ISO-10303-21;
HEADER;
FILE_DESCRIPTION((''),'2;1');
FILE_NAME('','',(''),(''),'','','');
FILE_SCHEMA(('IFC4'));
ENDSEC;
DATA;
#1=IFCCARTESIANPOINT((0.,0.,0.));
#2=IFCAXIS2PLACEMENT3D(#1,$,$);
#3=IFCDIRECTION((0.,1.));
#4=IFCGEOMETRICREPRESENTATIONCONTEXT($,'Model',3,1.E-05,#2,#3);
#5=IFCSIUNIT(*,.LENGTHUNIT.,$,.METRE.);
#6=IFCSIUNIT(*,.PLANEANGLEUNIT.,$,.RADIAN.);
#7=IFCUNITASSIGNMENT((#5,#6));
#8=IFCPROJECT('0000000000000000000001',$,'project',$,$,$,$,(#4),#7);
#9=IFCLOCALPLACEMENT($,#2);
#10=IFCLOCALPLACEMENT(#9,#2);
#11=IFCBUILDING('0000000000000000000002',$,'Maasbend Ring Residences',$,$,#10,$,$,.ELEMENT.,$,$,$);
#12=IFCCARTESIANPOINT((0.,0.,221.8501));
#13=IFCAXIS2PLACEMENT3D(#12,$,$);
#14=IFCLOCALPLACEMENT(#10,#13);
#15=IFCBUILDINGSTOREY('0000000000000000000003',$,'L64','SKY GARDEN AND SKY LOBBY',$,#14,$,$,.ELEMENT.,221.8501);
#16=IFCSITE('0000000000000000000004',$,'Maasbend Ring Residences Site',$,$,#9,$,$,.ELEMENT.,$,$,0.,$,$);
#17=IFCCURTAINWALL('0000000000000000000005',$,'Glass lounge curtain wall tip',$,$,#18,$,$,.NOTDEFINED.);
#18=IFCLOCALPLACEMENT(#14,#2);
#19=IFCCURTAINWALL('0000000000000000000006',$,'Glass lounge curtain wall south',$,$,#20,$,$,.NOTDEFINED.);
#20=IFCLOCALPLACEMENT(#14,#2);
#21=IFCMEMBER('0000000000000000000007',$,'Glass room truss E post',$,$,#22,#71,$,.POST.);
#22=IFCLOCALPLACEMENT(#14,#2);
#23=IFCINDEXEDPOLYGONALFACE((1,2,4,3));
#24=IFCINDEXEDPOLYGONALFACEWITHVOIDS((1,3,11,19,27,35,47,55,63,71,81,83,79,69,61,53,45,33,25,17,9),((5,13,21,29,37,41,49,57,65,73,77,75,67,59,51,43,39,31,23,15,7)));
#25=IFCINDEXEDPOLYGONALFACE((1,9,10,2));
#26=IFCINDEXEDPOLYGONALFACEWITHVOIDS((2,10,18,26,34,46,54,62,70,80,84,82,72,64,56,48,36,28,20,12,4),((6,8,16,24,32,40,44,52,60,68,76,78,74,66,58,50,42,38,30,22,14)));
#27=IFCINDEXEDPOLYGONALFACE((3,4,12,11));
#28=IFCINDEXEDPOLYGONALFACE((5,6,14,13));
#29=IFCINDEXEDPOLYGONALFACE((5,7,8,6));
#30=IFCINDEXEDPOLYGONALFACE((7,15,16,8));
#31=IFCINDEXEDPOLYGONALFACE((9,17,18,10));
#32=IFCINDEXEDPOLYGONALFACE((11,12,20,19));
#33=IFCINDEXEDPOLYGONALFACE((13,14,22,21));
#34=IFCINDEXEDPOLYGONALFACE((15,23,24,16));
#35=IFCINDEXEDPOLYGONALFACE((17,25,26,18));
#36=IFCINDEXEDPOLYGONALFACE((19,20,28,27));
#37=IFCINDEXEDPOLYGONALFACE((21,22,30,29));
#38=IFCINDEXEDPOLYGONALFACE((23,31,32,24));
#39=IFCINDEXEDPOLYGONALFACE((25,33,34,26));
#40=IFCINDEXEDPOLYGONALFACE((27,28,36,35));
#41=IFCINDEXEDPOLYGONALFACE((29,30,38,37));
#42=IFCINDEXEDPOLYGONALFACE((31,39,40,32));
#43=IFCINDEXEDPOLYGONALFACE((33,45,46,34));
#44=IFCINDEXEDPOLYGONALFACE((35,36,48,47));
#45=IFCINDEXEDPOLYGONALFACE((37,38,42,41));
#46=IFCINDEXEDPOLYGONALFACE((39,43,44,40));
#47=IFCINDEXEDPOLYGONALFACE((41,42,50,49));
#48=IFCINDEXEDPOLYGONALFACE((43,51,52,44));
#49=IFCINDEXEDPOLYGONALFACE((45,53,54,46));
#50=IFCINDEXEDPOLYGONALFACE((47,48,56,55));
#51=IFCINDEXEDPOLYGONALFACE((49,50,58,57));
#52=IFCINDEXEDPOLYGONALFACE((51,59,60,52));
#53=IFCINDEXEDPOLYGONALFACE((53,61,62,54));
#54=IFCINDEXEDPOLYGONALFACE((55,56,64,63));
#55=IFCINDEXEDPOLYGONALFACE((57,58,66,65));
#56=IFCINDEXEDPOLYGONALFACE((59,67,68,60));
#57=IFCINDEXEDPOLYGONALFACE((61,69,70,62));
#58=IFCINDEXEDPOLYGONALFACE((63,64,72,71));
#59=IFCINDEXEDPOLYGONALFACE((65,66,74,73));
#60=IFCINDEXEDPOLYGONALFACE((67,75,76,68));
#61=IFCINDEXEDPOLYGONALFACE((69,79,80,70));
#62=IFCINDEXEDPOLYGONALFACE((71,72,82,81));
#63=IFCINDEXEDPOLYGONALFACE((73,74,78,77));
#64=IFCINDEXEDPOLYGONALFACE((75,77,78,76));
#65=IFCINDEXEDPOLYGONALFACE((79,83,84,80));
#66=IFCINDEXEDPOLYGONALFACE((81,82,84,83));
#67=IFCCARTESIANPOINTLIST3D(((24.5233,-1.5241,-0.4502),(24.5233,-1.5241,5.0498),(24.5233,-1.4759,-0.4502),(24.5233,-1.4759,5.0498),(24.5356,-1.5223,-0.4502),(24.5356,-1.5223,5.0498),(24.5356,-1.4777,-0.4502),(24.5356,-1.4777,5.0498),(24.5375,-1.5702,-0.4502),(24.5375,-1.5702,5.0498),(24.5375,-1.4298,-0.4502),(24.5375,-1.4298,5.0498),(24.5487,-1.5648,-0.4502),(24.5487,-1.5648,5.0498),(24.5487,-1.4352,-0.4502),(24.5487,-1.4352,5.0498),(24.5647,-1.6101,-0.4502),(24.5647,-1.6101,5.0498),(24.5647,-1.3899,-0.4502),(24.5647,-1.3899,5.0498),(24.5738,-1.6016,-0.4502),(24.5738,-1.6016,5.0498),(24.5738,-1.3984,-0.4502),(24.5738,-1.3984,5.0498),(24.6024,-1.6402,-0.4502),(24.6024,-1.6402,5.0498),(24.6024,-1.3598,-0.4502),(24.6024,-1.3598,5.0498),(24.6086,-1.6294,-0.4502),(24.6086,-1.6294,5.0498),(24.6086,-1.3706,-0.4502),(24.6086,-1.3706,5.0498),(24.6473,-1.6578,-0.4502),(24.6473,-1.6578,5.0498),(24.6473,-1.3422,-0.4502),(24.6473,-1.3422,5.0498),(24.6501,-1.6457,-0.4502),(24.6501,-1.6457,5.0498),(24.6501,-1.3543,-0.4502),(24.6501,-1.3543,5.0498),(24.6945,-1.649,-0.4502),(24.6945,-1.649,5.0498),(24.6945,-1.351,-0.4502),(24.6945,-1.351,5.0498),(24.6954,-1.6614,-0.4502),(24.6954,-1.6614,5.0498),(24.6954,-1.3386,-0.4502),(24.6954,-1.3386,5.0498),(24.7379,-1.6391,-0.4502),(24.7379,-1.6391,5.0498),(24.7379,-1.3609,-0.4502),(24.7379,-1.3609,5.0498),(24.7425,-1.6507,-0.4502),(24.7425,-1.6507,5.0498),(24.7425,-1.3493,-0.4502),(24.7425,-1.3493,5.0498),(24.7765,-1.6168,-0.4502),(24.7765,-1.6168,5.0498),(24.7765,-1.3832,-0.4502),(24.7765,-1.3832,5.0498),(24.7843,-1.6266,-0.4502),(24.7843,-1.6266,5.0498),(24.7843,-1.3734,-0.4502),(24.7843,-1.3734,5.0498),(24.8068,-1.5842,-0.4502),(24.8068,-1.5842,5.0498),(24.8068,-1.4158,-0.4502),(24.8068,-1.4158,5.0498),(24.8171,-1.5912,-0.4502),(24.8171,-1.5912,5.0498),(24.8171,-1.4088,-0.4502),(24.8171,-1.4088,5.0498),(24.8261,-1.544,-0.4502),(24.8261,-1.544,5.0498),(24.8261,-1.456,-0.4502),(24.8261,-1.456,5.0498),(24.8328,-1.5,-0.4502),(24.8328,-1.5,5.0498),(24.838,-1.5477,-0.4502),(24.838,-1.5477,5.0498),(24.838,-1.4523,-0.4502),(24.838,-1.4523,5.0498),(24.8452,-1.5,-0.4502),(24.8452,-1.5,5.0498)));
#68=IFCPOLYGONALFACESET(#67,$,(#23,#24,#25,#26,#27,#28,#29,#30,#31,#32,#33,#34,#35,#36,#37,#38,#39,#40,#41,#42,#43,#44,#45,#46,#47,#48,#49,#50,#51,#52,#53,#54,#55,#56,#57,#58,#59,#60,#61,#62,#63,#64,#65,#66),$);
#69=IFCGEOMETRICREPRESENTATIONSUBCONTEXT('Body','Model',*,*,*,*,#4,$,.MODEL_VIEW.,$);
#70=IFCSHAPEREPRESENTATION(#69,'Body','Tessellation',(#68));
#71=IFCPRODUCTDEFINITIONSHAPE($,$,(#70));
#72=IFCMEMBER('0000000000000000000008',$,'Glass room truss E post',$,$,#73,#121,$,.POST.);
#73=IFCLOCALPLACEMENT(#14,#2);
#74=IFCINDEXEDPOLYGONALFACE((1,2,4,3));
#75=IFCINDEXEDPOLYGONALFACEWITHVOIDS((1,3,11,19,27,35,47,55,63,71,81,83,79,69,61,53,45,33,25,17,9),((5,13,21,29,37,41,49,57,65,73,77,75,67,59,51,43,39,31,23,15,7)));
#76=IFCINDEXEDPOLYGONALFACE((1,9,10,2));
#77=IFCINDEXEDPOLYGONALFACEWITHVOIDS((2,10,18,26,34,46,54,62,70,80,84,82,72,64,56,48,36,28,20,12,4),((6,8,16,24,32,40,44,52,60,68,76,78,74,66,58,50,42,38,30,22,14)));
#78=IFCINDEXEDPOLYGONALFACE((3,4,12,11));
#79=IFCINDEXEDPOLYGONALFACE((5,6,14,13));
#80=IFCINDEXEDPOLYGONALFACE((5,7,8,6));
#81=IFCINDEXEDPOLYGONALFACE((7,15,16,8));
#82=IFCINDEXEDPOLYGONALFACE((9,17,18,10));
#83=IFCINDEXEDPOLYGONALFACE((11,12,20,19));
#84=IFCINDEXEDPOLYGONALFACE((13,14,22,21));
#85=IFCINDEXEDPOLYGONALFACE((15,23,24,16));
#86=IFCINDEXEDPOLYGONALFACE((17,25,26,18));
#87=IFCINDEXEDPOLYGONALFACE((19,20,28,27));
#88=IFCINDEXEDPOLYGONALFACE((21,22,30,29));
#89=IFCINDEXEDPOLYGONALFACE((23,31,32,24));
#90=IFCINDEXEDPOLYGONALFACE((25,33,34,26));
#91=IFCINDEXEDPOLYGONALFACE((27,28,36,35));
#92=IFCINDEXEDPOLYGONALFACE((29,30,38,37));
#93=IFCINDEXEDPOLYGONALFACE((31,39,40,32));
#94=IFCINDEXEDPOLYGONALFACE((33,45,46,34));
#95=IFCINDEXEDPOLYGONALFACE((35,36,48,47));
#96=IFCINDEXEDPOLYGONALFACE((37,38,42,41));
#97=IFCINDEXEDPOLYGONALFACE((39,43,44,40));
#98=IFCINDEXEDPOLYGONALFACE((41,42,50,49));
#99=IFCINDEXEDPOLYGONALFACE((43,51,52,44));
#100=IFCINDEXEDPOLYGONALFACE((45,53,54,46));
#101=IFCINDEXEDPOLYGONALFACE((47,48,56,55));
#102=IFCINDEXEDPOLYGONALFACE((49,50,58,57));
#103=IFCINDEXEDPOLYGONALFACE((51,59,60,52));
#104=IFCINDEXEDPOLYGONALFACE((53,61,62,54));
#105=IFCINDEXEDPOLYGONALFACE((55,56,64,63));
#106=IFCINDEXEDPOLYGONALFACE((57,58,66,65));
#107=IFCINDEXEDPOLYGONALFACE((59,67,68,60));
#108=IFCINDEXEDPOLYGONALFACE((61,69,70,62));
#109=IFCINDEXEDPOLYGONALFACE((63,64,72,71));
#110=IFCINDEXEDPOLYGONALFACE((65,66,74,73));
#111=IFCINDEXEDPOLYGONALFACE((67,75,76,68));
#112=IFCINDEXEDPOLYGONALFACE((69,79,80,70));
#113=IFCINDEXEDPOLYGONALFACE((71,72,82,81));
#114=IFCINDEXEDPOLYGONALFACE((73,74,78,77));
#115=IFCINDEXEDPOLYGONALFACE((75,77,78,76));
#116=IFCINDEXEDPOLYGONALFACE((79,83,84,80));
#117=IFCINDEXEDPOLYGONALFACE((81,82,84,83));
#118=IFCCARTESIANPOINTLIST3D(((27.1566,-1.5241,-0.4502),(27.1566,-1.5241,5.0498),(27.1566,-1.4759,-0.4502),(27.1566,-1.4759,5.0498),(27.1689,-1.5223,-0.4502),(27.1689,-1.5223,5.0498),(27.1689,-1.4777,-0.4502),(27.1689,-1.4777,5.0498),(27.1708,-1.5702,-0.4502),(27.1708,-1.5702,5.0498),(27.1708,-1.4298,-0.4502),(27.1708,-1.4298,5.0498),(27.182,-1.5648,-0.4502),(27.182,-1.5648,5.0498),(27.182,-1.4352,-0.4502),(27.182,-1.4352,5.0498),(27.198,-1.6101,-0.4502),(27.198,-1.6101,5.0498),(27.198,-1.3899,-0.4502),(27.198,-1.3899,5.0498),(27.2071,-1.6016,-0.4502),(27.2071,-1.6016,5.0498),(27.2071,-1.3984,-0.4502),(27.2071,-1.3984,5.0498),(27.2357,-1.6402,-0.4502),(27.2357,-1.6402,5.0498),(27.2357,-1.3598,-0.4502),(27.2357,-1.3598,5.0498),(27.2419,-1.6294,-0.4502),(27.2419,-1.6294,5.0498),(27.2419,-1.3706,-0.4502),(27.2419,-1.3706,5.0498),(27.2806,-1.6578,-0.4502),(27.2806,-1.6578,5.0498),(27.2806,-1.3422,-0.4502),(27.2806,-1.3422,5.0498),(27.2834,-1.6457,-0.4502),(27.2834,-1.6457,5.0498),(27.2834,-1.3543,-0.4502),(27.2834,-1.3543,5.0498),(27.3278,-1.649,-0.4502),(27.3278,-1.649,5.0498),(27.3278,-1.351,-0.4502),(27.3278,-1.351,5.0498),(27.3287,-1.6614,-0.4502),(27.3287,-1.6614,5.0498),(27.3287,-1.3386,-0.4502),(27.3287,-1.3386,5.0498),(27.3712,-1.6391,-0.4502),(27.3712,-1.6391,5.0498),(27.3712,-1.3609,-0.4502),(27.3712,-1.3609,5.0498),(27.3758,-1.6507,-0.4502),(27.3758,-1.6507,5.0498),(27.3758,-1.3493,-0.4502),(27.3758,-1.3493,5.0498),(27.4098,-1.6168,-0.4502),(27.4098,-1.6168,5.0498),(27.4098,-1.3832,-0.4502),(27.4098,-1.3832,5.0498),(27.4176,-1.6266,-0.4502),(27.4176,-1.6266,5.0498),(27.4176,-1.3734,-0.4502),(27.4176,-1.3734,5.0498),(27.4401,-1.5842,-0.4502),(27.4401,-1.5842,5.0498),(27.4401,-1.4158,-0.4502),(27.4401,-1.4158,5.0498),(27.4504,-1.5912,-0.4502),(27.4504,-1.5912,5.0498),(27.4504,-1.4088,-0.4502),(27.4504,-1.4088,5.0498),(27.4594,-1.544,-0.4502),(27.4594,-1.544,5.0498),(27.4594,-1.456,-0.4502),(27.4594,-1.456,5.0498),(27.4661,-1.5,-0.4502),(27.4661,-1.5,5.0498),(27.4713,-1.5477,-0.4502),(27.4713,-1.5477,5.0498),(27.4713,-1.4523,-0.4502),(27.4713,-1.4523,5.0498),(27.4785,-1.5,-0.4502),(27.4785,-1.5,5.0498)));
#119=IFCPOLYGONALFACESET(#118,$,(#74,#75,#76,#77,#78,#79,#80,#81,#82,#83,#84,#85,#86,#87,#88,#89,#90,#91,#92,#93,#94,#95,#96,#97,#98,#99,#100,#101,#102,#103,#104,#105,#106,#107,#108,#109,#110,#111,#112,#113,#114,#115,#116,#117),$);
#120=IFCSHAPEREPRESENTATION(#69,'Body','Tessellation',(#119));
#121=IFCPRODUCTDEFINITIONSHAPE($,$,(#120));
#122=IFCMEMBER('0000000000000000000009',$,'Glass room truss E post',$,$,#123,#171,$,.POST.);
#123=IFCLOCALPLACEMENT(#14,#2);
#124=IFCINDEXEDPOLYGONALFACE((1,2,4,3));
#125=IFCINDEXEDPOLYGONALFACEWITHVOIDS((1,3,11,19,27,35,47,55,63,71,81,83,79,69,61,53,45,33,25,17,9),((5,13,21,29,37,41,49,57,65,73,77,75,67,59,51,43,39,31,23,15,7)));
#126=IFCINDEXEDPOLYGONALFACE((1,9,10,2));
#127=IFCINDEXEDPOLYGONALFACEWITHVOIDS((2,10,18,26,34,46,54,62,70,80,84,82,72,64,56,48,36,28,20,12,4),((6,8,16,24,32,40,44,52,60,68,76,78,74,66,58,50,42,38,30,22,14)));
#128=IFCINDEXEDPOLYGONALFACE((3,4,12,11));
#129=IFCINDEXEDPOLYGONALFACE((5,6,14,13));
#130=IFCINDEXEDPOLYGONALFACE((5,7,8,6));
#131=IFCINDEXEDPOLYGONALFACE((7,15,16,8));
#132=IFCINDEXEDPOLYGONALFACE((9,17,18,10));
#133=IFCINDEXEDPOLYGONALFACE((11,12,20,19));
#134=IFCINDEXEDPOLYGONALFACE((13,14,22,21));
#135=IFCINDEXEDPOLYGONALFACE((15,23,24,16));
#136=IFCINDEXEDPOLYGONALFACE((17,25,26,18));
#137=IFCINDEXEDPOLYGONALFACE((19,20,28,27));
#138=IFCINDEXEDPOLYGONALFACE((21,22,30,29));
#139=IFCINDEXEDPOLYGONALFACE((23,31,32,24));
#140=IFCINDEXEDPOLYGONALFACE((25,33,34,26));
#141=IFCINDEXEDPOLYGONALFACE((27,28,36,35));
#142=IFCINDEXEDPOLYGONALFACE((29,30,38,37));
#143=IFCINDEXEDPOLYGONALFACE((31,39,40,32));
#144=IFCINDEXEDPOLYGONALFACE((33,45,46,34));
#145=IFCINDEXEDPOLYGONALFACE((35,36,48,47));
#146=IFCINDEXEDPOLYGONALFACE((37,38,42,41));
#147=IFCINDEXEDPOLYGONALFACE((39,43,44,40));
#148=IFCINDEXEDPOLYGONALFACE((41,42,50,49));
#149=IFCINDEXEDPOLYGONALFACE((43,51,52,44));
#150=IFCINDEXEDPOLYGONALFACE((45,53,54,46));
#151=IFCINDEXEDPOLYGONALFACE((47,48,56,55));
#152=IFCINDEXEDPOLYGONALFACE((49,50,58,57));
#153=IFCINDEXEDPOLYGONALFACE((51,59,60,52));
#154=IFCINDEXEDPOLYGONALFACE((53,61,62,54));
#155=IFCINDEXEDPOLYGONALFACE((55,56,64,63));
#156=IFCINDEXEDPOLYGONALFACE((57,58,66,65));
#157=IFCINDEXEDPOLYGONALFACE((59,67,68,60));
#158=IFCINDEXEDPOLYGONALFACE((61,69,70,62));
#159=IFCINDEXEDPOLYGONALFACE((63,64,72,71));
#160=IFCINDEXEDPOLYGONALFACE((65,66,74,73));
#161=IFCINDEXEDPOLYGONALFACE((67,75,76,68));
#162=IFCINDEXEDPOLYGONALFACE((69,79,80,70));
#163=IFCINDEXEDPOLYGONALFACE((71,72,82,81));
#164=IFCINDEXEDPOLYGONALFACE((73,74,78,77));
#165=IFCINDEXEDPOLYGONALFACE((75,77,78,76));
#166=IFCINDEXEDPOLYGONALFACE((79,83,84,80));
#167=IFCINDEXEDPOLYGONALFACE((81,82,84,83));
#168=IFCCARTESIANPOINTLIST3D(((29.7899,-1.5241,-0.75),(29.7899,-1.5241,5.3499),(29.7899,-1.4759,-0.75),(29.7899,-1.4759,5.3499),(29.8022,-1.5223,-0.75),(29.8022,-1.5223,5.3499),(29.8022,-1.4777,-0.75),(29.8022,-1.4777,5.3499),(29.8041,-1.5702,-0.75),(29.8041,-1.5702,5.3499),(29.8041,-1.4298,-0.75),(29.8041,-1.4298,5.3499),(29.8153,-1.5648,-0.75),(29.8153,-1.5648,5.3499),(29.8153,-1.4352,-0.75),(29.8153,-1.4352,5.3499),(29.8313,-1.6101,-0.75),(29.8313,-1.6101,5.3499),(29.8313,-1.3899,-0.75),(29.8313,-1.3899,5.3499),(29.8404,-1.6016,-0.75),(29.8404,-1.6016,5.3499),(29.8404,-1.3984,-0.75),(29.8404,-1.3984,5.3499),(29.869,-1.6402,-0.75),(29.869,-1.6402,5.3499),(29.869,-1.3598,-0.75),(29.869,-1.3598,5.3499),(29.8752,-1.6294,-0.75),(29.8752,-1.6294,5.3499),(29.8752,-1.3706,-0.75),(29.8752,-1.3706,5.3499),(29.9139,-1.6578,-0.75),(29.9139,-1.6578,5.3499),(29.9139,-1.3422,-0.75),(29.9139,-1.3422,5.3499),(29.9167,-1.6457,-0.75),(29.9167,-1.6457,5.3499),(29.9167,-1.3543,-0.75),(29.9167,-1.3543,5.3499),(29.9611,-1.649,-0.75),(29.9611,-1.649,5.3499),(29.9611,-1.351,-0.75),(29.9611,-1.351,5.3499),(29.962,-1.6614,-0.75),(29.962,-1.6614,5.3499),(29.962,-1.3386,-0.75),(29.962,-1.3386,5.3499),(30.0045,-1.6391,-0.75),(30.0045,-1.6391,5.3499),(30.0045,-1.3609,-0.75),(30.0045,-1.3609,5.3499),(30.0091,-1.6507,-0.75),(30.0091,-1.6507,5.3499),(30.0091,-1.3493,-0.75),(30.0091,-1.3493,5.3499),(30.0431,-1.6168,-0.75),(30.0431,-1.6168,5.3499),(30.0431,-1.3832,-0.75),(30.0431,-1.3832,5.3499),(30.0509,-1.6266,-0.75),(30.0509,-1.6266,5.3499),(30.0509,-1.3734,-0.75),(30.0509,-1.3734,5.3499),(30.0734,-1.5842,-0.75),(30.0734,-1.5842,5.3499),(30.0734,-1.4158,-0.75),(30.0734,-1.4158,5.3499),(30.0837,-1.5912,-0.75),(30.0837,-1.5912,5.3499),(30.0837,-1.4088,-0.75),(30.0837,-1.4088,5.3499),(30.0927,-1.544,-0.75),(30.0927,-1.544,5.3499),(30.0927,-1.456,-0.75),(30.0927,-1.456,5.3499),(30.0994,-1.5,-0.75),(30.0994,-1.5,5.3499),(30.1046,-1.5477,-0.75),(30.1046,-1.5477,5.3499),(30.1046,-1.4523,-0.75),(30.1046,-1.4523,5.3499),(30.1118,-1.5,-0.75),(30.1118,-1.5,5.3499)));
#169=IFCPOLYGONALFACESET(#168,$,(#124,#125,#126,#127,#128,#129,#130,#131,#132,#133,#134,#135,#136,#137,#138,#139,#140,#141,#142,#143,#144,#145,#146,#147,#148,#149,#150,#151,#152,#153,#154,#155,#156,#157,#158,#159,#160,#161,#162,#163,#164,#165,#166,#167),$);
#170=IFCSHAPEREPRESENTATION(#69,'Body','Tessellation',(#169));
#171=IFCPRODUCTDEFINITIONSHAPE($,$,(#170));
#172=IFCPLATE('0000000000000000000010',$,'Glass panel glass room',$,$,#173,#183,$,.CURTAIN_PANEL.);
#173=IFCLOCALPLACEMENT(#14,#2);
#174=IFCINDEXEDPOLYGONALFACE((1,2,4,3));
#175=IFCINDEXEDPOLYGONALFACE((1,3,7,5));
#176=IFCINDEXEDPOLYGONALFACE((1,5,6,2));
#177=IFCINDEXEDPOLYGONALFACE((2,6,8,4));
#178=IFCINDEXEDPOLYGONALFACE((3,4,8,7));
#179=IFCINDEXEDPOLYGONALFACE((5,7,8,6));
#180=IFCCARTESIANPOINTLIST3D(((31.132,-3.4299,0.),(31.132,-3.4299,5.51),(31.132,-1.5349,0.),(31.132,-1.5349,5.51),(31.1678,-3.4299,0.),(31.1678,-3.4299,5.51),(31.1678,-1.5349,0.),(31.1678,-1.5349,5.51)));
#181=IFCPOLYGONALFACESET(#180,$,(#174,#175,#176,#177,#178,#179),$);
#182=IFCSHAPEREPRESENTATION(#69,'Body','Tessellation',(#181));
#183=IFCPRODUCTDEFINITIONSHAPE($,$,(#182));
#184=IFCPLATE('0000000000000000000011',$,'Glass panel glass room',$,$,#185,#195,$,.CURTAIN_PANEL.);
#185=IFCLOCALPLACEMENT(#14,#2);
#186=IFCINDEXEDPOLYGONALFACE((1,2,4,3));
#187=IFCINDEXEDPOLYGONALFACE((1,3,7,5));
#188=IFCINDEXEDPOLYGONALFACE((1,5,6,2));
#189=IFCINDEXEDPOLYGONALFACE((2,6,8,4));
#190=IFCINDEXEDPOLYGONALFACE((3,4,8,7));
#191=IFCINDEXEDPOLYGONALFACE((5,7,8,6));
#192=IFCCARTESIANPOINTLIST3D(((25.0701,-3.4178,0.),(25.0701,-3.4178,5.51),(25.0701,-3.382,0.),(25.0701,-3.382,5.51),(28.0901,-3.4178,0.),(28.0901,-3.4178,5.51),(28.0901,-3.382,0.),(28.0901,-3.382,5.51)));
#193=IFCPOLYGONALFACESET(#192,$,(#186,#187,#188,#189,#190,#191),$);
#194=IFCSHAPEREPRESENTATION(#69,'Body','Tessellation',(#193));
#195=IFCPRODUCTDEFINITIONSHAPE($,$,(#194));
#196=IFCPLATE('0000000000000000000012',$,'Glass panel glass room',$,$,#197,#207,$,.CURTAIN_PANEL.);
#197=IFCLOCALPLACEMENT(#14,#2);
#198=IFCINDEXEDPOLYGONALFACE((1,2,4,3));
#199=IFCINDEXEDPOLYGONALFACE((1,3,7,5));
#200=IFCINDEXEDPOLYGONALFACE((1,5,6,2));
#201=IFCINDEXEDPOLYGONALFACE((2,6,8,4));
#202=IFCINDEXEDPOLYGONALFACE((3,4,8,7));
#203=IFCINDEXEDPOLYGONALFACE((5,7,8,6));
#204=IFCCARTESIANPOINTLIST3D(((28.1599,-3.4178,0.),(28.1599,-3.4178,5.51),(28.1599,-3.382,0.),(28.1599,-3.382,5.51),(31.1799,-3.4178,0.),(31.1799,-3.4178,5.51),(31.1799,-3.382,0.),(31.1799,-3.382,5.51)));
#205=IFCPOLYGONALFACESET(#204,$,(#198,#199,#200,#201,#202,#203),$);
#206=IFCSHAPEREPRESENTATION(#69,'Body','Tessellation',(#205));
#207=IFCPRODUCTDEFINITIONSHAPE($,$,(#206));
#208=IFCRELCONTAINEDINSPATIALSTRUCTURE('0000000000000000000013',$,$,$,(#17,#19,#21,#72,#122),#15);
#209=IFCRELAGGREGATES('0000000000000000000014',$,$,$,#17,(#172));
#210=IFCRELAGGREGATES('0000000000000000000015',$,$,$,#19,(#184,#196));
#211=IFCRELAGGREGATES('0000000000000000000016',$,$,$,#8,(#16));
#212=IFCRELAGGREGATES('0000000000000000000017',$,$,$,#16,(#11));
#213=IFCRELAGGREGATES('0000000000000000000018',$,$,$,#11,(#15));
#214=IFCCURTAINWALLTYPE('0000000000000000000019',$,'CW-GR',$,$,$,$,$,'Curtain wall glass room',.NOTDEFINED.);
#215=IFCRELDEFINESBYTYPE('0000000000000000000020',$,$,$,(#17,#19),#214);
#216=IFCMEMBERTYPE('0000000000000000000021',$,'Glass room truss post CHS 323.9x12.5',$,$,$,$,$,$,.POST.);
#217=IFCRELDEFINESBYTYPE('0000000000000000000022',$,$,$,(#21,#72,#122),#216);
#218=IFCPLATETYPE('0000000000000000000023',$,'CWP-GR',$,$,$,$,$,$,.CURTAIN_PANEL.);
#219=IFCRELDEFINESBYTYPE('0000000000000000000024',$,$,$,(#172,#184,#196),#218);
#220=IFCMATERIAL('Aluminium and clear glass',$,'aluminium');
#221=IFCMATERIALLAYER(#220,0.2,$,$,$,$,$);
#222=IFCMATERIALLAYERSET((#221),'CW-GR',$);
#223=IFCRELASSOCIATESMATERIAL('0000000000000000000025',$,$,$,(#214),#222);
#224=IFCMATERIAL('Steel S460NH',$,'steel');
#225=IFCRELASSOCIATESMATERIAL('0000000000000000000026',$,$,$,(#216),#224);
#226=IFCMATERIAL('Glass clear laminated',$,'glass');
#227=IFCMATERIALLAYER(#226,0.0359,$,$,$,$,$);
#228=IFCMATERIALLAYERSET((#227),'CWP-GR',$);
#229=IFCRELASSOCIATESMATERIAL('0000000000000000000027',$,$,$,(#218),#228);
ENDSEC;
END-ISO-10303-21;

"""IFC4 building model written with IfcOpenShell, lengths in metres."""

from ifc_helpers import new_model, si_unit, direction, frame, origin, origin_2d, place, context, subcontext, project, spatial, rectangle, hollow_circle, extrude, material, layer, layer_set, material_profile, profile_set, type_object, element, aggregate, save


model = new_model("IFC4")

# Units and contexts
model_context = context("Model", 3, precision=1e-05, world=origin(), true_north=direction((0.0, 1.0)))
body_context = subcontext(model_context, "Body", "Model", "MODEL_VIEW")
ifc_project = project(units=[si_unit("LENGTHUNIT", "METRE"), si_unit("PLANEANGLEUNIT", "RADIAN")], contexts=[model_context])

# Site, building, storey
site_placement = place(None, origin())
site = spatial("IfcSite", under=ifc_project, at=site_placement, Name="Maasbend Ring Residences Site", CompositionType="ELEMENT", RefElevation=0.0)
building_placement = place(site_placement, origin())
building = spatial("IfcBuilding", under=site, at=building_placement, Name="Maasbend Ring Residences", CompositionType="ELEMENT")
storey_placement = place(building_placement, frame((0.0, 0.0, 221.8501)))
storey = spatial("IfcBuildingStorey", under=building, at=storey_placement, Name="L64", Description="SKY GARDEN AND SKY LOBBY", CompositionType="ELEMENT", Elevation=221.8501)

# Curtain wall
ifc_material_1 = material(Name="Aluminium and clear glass", Category="aluminium")
ifc_layer_1 = layer(ifc_material_1, 0.2)
ifc_layer_set_1 = layer_set([ifc_layer_1], Name="CW-GR")
curtain_wall_type = type_object("IfcCurtainWallType", Name="CW-GR", ElementType="Curtain wall glass room", PredefinedType="NOTDEFINED", material=ifc_layer_set_1)
curtain_wall_1_placement = place(storey_placement, origin())
curtain_wall_1 = element("IfcCurtainWall", 1, at=curtain_wall_1_placement, inside=storey, type_object=curtain_wall_type, Name="Glass lounge curtain wall tip", PredefinedType="NOTDEFINED")

# Curtain wall
curtain_wall_2_placement = place(storey_placement, origin())
curtain_wall_2 = element("IfcCurtainWall", 2, at=curtain_wall_2_placement, inside=storey, type_object=curtain_wall_type, Name="Glass lounge curtain wall south", PredefinedType="NOTDEFINED")

# Members
ifc_material_2 = material(Name="Steel S460NH", Category="steel")
ifc_material_profile_1 = material_profile(ifc_material_2, hollow_circle(Radius=0.1619, WallThickness=0.0125, at=origin_2d()), Name="Glass room truss post CHS 323.9x12.5")
ifc_profile_set_1 = profile_set([ifc_material_profile_1], Name="Steel S460NH")
member_type_1 = type_object("IfcMemberType", Name="Glass room truss post CHS 323.9x12.5", PredefinedType="POST", material=ifc_profile_set_1)
for number, where, z_axis, x_axis, name in (
    (3, (24.6833, -1.5, -0.4502), (0.0, 0.0, 1.0), (1.0, 0.0, 0.0), "Glass room truss E post"),
    (4, (27.3167, -1.5, -0.4502), (0.0, 0.0, 1.0), (1.0, 0.0, 0.0), "Glass room truss E post"),
):
    element("IfcMember", number, at=place(storey_placement, frame(where, z_axis=z_axis, x_axis=x_axis)), inside=storey, type_object=member_type_1, Name=name, PredefinedType="POST", context=body_context, shape_type="SweptSolid", body=[
        extrude(hollow_circle(Radius=0.1619, WallThickness=0.0125, at=origin_2d()), origin(), (0.0, 0.0, 1.0), 5.5),
    ])
member_1_placement = place(storey_placement, frame((29.95, -1.5, -0.75), z_axis=(0.0, 0.0, 1.0), x_axis=(1.0, 0.0, 0.0)))
element("IfcMember", 5, at=member_1_placement, inside=storey, type_object=member_type_1, Name="Glass room truss E post", PredefinedType="POST", context=body_context, shape_type="SweptSolid", body=[
    extrude(hollow_circle(Radius=0.1619, WallThickness=0.0125, at=origin_2d()), origin(), (0.0, 0.0, 1.0), 6.0999),
])

# Plates
ifc_material_3 = material(Name="Glass clear laminated", Category="glass")
ifc_layer_2 = layer(ifc_material_3, 0.0359)
ifc_layer_set_2 = layer_set([ifc_layer_2], Name="CWP-GR")
plate_type = type_object("IfcPlateType", Name="CWP-GR", PredefinedType="CURTAIN_PANEL", material=ifc_layer_set_2)
plate_1_placement = place(storey_placement, frame((31.1499, -2.4824, 0.0), z_axis=(0.0, 0.0, 1.0), x_axis=(0.0, 1.0, 0.0)))
plate_1 = element("IfcPlate", 6, at=plate_1_placement, type_object=plate_type, Name="Glass panel glass room", PredefinedType="CURTAIN_PANEL", context=body_context, shape_type="SweptSolid", body=[
    extrude(rectangle(XDim=1.895, YDim=0.0359, at=origin_2d()), origin(), (0.0, 0.0, 1.0), 5.51),
])
aggregate(curtain_wall_1, [plate_1])
plate_2_placement = place(storey_placement, frame((26.5801, -3.3999, 0.0), z_axis=(0.0, 0.0, 1.0), x_axis=(1.0, 0.0, 0.0)))
plate_2 = element("IfcPlate", 7, at=plate_2_placement, type_object=plate_type, Name="Glass panel glass room", PredefinedType="CURTAIN_PANEL", context=body_context, shape_type="SweptSolid", body=[
    extrude(rectangle(XDim=3.02, YDim=0.0359, at=origin_2d()), origin(), (0.0, 0.0, 1.0), 5.51),
])
plate_3_placement = place(storey_placement, frame((29.6699, -3.3999, 0.0), z_axis=(0.0, 0.0, 1.0), x_axis=(1.0, 0.0, 0.0)))
plate_3 = element("IfcPlate", 8, at=plate_3_placement, type_object=plate_type, Name="Glass panel glass room", PredefinedType="CURTAIN_PANEL", context=body_context, shape_type="SweptSolid", body=[
    extrude(rectangle(XDim=3.02, YDim=0.0359, at=origin_2d()), origin(), (0.0, 0.0, 1.0), 5.51),
])
aggregate(curtain_wall_2, [plate_2, plate_3])

save(model, "model.ifc")
